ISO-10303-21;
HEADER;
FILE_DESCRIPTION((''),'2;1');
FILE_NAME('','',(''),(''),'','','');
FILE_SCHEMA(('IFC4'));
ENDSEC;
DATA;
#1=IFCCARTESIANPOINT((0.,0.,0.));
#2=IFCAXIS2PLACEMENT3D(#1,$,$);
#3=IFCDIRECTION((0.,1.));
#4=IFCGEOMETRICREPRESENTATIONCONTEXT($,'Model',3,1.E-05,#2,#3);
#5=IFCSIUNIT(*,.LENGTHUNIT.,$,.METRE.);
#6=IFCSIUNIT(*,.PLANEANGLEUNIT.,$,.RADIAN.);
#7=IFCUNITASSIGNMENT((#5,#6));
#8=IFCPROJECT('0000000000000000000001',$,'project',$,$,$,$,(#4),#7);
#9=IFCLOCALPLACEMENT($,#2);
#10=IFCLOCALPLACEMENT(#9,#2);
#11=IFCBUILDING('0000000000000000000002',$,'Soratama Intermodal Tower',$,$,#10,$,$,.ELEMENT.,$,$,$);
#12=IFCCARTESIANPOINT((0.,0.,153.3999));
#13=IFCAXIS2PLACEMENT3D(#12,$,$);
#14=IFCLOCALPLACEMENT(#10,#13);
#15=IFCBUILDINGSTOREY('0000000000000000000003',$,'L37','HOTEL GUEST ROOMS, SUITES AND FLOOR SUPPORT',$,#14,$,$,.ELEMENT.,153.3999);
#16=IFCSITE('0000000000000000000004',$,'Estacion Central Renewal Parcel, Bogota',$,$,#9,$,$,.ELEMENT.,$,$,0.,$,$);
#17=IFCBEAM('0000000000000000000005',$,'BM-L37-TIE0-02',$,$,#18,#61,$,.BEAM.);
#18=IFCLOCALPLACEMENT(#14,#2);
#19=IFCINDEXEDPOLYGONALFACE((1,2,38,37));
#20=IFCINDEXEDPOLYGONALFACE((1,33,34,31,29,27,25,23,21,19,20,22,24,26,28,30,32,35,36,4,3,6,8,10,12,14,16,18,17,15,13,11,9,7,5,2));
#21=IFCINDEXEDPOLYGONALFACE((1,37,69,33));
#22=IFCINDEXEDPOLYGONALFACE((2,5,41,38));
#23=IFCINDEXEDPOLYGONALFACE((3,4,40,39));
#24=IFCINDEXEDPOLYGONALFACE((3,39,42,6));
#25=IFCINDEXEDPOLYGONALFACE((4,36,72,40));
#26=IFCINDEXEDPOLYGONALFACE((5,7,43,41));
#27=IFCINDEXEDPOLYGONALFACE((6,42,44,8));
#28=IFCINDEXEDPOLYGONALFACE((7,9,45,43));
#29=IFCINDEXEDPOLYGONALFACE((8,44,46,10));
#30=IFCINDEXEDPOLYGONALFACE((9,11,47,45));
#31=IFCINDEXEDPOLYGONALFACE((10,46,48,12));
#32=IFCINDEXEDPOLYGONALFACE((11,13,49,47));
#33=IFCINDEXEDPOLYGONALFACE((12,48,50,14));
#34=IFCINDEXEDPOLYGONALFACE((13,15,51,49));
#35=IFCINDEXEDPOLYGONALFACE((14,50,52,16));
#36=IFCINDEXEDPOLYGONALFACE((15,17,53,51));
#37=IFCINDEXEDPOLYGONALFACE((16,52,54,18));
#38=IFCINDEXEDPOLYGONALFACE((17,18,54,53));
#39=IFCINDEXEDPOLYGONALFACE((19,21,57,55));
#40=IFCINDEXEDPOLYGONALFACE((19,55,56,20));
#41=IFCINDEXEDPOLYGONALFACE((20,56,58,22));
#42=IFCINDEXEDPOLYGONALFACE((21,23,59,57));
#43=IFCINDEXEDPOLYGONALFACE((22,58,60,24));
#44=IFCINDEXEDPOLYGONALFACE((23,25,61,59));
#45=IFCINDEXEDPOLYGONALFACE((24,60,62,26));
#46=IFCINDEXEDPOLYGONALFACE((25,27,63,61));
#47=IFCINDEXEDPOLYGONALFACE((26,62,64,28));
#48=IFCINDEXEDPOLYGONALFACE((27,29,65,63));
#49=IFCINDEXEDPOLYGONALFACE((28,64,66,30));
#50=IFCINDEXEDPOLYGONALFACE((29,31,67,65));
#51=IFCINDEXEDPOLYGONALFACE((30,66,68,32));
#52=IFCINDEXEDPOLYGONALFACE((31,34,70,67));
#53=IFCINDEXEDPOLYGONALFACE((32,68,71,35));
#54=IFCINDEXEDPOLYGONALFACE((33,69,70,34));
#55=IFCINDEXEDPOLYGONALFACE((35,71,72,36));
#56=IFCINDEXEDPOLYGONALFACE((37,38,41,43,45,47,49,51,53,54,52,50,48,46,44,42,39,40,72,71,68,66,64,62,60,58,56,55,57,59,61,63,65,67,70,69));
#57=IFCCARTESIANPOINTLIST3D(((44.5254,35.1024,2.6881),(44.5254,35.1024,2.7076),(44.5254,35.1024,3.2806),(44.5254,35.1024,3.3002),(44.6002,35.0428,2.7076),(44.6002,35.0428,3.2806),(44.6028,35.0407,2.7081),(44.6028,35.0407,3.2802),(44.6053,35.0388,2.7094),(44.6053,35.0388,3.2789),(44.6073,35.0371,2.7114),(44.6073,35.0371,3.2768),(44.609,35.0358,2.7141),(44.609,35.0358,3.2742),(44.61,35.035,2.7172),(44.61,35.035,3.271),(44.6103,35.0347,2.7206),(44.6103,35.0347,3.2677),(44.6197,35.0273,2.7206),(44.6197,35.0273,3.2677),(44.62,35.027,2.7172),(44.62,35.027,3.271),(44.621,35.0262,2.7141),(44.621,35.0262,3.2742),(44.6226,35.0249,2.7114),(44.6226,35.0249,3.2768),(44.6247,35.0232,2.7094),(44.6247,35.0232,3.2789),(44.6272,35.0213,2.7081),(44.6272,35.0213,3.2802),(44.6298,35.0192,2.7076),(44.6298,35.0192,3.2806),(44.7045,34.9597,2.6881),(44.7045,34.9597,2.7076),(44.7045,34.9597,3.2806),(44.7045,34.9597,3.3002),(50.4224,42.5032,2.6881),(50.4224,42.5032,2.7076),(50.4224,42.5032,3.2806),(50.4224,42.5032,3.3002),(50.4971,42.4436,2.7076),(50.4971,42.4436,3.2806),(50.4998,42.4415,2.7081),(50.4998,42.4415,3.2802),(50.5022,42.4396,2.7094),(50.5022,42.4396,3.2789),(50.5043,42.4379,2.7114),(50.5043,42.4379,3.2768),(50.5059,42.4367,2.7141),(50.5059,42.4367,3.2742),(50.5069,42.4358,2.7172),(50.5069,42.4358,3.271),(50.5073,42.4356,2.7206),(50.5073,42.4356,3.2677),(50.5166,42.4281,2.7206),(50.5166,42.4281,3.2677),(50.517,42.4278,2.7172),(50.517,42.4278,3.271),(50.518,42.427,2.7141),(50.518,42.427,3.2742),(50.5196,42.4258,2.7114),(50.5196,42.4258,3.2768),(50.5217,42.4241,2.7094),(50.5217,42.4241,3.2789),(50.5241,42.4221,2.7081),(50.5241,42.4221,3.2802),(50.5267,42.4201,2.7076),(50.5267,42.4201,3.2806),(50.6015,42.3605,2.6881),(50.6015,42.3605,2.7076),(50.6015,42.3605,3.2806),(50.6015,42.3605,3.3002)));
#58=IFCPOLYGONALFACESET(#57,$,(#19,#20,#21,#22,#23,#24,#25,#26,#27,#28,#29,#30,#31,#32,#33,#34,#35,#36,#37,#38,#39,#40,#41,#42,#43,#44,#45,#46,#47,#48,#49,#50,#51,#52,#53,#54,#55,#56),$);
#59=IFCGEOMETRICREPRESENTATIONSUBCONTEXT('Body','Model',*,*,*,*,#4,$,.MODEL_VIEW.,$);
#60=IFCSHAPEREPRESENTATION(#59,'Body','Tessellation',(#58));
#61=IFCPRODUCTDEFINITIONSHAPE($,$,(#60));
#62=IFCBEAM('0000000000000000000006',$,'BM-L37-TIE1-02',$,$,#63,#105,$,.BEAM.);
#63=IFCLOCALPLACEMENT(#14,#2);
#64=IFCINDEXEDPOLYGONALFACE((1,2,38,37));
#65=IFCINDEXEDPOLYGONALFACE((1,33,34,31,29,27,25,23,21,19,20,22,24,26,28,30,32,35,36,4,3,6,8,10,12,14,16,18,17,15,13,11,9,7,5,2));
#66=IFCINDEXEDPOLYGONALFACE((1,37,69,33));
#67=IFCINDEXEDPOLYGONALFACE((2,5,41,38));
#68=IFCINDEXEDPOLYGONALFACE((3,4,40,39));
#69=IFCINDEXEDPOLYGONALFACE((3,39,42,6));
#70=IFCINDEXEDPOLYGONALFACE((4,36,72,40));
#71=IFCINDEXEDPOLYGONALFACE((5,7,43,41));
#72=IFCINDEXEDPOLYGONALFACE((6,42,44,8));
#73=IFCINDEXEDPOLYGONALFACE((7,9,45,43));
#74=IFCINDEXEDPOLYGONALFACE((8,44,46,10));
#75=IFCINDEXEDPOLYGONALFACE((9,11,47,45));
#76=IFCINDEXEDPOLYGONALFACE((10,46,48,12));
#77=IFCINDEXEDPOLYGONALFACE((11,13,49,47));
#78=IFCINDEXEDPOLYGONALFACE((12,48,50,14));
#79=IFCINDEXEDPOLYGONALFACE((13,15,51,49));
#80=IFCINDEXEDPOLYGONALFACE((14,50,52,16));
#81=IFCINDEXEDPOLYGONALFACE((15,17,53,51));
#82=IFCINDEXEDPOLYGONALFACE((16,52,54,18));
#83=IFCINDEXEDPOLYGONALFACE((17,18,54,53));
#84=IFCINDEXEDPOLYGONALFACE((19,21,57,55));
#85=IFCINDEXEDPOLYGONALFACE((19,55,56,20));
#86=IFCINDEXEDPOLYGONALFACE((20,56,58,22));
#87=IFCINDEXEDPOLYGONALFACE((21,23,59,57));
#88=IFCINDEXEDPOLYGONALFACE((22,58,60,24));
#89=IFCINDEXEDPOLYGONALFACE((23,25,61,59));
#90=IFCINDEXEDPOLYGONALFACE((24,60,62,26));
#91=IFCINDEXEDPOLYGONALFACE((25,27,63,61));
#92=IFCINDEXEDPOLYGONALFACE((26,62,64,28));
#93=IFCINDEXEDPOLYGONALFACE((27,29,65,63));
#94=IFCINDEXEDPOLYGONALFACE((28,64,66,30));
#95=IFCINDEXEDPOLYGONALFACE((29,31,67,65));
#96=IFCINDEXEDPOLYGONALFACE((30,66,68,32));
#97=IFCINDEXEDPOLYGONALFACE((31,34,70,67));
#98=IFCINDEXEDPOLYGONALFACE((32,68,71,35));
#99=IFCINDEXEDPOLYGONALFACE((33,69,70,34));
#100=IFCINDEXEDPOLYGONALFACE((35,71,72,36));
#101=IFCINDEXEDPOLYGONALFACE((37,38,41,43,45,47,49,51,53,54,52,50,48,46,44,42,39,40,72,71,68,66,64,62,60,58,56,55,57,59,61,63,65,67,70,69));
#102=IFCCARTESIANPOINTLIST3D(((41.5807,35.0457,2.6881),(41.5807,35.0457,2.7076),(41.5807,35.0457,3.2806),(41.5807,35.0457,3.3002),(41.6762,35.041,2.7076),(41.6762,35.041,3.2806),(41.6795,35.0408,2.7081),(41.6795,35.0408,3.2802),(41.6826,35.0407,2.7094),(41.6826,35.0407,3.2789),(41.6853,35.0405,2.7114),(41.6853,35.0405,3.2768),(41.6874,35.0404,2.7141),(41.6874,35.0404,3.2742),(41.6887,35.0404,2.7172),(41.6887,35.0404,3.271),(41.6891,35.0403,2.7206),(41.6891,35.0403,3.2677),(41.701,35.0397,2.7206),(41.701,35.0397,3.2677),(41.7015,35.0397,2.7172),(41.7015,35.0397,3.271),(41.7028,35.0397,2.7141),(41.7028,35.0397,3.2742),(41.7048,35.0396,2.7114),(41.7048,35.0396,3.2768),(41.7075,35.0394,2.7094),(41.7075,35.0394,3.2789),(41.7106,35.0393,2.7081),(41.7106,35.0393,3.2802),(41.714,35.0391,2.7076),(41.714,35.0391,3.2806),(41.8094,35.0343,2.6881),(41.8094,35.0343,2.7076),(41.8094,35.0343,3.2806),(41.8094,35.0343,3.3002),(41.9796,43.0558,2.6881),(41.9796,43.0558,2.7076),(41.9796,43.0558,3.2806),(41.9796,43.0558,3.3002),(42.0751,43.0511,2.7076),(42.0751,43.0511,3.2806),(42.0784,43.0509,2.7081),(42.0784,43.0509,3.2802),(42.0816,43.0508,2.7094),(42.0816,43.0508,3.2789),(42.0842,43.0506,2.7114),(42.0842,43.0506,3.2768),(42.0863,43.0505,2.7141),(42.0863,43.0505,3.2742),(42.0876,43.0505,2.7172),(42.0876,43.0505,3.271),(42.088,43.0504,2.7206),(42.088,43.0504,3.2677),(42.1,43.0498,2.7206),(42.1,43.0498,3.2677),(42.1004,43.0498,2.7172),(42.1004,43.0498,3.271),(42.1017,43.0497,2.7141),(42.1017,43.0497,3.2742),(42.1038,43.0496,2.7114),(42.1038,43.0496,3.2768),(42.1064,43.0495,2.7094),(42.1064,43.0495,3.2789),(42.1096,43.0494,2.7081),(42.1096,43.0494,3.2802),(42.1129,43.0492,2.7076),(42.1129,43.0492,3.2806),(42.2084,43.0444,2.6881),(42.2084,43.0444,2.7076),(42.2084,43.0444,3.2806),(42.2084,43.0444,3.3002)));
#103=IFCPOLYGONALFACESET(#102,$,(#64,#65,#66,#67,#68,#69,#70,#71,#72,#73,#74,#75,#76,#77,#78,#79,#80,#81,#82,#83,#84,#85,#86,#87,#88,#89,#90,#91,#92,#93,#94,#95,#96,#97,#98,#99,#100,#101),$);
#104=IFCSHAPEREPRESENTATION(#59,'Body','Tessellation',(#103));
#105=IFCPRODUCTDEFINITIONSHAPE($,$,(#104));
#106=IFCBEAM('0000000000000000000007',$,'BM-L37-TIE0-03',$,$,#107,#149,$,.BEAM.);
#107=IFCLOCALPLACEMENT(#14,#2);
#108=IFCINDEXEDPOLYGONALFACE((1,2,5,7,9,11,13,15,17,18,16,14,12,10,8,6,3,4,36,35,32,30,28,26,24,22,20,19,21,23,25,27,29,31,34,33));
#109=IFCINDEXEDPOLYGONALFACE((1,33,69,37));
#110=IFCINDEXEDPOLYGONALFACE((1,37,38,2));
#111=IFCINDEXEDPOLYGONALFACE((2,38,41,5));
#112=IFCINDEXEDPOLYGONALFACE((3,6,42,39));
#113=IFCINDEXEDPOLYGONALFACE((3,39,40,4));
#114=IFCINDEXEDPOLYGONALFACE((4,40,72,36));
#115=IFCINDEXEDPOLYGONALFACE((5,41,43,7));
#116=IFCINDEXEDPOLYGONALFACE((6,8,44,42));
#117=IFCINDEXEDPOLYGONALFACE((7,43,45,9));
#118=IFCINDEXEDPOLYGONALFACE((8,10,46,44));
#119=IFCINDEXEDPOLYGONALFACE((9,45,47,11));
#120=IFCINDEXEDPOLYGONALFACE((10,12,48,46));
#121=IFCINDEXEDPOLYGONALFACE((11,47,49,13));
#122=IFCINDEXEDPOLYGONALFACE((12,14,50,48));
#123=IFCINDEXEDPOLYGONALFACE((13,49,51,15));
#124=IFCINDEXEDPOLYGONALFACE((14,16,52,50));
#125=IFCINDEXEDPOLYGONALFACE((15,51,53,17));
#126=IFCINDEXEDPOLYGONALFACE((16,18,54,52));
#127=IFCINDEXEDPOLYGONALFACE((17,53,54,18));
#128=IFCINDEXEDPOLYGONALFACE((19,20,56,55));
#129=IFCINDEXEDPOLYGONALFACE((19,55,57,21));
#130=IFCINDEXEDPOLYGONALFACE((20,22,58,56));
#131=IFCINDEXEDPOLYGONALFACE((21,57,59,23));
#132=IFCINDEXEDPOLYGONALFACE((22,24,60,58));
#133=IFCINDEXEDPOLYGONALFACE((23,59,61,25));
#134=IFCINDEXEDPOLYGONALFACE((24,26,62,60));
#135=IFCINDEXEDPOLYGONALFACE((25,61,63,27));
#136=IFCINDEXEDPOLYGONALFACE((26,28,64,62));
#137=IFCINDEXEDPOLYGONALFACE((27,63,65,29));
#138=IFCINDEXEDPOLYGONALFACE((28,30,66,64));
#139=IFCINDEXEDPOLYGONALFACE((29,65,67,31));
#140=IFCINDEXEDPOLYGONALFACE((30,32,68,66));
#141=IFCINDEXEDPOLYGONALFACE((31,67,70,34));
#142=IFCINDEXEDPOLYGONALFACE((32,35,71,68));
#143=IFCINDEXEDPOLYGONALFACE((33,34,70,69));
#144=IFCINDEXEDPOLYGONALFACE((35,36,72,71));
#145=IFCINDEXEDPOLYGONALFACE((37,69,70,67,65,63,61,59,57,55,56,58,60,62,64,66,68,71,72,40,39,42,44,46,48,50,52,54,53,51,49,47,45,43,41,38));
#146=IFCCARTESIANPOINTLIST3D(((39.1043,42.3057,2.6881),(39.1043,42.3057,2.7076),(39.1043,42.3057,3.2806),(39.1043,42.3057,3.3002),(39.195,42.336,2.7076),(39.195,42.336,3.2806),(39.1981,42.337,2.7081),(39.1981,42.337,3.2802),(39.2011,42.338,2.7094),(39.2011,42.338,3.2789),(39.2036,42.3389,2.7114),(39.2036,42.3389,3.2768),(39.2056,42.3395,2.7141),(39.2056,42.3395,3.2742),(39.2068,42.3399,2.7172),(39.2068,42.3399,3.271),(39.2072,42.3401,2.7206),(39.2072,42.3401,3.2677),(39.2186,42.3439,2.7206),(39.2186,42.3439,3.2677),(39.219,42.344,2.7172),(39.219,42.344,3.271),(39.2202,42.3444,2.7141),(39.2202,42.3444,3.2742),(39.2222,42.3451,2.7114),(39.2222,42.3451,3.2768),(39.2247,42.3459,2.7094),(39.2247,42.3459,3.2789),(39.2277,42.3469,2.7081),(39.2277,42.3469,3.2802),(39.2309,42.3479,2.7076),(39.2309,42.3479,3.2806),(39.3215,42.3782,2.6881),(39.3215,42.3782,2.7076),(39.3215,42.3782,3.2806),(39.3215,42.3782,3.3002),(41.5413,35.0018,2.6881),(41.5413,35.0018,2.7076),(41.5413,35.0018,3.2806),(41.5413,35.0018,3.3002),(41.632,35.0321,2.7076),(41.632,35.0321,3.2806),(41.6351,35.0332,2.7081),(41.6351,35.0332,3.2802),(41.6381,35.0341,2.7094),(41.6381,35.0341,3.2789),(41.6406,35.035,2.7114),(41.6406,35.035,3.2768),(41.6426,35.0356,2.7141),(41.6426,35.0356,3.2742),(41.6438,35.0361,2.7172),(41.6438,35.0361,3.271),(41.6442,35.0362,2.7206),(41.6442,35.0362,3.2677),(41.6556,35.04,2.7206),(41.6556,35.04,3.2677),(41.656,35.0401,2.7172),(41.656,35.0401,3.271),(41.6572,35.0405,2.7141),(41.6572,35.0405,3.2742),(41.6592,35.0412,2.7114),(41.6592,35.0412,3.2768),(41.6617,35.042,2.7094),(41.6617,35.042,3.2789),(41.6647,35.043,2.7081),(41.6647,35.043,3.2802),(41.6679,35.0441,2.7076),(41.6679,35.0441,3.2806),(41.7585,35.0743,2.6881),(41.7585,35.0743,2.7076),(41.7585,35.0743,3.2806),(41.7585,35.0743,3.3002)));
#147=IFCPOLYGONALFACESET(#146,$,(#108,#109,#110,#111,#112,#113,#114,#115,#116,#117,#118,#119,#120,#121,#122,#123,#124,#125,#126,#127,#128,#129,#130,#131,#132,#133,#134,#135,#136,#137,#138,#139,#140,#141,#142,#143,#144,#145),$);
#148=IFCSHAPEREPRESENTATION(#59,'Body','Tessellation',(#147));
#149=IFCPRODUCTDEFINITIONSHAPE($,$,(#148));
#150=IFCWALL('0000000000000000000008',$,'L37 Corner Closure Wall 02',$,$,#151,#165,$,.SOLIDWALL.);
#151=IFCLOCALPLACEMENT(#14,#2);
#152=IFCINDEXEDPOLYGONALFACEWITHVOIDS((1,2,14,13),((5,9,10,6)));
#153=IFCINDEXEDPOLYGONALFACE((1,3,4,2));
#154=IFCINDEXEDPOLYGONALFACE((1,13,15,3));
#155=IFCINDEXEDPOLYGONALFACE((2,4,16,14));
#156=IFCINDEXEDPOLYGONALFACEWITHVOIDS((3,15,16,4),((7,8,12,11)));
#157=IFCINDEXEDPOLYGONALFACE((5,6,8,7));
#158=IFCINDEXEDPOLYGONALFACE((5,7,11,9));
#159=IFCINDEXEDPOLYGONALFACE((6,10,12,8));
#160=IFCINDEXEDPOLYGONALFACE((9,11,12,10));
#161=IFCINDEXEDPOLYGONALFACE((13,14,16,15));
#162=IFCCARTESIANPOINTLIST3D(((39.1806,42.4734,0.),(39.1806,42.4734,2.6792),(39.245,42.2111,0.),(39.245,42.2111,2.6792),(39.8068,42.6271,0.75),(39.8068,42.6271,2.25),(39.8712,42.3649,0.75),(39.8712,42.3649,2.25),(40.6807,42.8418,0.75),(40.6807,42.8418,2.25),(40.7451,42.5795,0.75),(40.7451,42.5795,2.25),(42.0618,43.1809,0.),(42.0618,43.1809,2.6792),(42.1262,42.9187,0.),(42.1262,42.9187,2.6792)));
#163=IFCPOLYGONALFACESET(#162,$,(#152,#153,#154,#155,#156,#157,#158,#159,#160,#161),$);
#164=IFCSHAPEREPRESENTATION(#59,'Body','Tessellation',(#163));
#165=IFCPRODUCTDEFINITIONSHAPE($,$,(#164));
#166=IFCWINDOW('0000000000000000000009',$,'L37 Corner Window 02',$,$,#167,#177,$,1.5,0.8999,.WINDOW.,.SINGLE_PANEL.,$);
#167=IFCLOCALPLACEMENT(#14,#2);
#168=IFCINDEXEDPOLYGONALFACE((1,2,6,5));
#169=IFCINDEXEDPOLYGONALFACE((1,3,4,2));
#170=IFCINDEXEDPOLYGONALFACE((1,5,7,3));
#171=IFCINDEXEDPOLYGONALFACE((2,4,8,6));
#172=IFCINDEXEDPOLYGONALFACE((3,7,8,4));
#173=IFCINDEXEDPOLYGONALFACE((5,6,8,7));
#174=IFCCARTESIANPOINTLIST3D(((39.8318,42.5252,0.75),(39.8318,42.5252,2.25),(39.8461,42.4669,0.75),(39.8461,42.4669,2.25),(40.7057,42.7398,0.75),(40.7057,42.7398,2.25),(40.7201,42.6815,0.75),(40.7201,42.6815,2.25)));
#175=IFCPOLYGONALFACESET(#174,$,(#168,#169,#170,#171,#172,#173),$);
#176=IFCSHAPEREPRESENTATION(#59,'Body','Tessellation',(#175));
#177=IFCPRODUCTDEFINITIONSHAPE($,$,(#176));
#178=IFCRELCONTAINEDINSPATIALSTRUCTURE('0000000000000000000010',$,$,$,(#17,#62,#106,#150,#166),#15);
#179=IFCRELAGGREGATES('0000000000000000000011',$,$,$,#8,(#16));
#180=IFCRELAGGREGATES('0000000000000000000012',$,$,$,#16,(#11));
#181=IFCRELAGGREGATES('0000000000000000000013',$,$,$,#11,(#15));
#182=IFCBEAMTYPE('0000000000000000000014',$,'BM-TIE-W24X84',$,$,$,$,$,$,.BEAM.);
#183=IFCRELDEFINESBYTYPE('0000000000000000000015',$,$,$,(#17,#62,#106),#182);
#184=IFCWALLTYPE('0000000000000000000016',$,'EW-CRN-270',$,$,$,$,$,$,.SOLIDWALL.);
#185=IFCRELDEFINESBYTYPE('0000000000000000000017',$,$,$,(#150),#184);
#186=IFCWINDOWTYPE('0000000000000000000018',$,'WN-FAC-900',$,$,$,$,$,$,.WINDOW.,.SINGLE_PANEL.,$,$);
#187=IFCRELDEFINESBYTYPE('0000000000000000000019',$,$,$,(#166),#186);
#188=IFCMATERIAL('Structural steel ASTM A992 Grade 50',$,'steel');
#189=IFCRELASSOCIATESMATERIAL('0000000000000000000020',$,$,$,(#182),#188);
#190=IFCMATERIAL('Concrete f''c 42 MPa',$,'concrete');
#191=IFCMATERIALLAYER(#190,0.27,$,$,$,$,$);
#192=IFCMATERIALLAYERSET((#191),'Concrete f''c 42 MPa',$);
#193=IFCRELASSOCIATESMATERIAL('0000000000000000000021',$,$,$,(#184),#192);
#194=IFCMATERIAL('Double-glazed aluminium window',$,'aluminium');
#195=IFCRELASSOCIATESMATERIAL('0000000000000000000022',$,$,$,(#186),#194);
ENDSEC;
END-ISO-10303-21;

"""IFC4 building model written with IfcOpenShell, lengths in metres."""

from ifc_helpers import new_model, si_unit, direction, frame, frame_2d, origin, origin_2d, place, context, subcontext, project, spatial, rectangle, i_section, extrude, material, layer, layer_set, material_profile, profile_set, type_object, element, fill, save


model = new_model("IFC4")

# Units and contexts
model_context = context("Model", 3, precision=1e-05, world=origin(), true_north=direction((0.0, 1.0)))
body_context = subcontext(model_context, "Body", "Model", "MODEL_VIEW")
ifc_project = project(units=[si_unit("LENGTHUNIT", "METRE"), si_unit("PLANEANGLEUNIT", "RADIAN")], contexts=[model_context])

# Site, building, storey
site_placement = place(None, origin())
site = spatial("IfcSite", under=ifc_project, at=site_placement, Name="Estacion Central Renewal Parcel, Bogota", CompositionType="ELEMENT", RefElevation=0.0)
building_placement = place(site_placement, origin())
building = spatial("IfcBuilding", under=site, at=building_placement, Name="Soratama Intermodal Tower", CompositionType="ELEMENT")
storey_placement = place(building_placement, frame((0.0, 0.0, 153.3999)))
storey = spatial("IfcBuildingStorey", under=building, at=storey_placement, Name="L37", Description="HOTEL GUEST ROOMS, SUITES AND FLOOR SUPPORT", CompositionType="ELEMENT", Elevation=153.3999)

# Beams
ifc_material_1 = material(Name="Structural steel ASTM A992 Grade 50", Category="steel")
ifc_material_profile_1 = material_profile(ifc_material_1, i_section(OverallWidth=0.229, OverallDepth=0.6121, WebThickness=0.012, FlangeThickness=0.0195, FilletRadius=0.0129, at=origin_2d()), Name="W24X84")
ifc_profile_set_1 = profile_set([ifc_material_profile_1], Name="Structural steel ASTM A992 Grade 50")
beam_type_1 = type_object("IfcBeamType", Name="BM-TIE-W24X84", PredefinedType="BEAM", material=ifc_profile_set_1)
beam_1_placement = place(storey_placement, frame((44.615, 35.031, 2.9941), z_axis=(0.623165, 0.782091, 0.0), x_axis=(-0.782091, 0.623165, 0.0)))
element("IfcBeam", 1, at=beam_1_placement, inside=storey, type_object=beam_type_1, Name="BM-L37-TIE0-02", PredefinedType="BEAM", context=body_context, shape_type="SweptSolid", body=[
    extrude(i_section(OverallWidth=0.229, OverallDepth=0.6121, WebThickness=0.012, FlangeThickness=0.0195, FilletRadius=0.0129, at=origin_2d()), origin(), (0.0, 0.0, 1.0), 9.4629),
])
beam_2_placement = place(storey_placement, frame((41.6951, 35.04, 2.9941), z_axis=(0.049742, 0.998762, 0.0), x_axis=(-0.998762, 0.049742, 0.0)))
element("IfcBeam", 2, at=beam_2_placement, inside=storey, type_object=beam_type_1, Name="BM-L37-TIE1-02", PredefinedType="BEAM", context=body_context, shape_type="SweptSolid", body=[
    extrude(i_section(OverallWidth=0.229, OverallDepth=0.6121, WebThickness=0.012, FlangeThickness=0.0195, FilletRadius=0.0129, at=origin_2d()), origin(), (0.0, 0.0, 1.0), 8.02),
])
beam_3_placement = place(storey_placement, frame((41.6499, 35.0381, 2.9941), z_axis=(-0.316504, 0.948591, 0.0), x_axis=(-0.948591, -0.316504, 0.0)))
element("IfcBeam", 3, at=beam_3_placement, inside=storey, type_object=beam_type_1, Name="BM-L37-TIE0-03", PredefinedType="BEAM", context=body_context, shape_type="SweptSolid", body=[
    extrude(i_section(OverallWidth=0.229, OverallDepth=0.6121, WebThickness=0.012, FlangeThickness=0.0195, FilletRadius=0.0129, at=origin_2d()), origin(), (0.0, 0.0, 1.0), 7.6997),
])

# Wall, opening, window
ifc_material_2 = material(Name="Concrete f'c 42 MPa", Category="concrete")
ifc_layer_1 = layer(ifc_material_2, 0.27)
ifc_layer_set_1 = layer_set([ifc_layer_1], Name="Concrete f'c 42 MPa")
wall_type_1 = type_object("IfcWallType", Name="EW-CRN-270", PredefinedType="SOLIDWALL", material=ifc_layer_set_1)
wall_1_placement = place(storey_placement, frame((42.094, 43.0498, 0.0), z_axis=(0.0, 0.0, 1.0), x_axis=(-0.971146, -0.238487, 0.0)))
wall_1 = element("IfcWall", 4, at=wall_1_placement, inside=storey, type_object=wall_type_1, Name="L37 Corner Closure Wall 02", PredefinedType="SOLIDWALL", context=body_context, shape_type="SweptSolid", body=[
    extrude(rectangle(XDim=2.9668, YDim=0.27, at=frame_2d((1.4834, 0.0))), origin(), (0.0, 0.0, 1.0), 2.6792),
])
opening_1_placement = place(wall_1_placement, frame((1.4221, 0.0, 0.75)))
opening_1 = element("IfcOpeningElement", 5, at=opening_1_placement, cuts=wall_1, PredefinedType="OPENING", context=body_context, shape_type="SweptSolid", body=[
    extrude(rectangle(XDim=0.8999, YDim=1.5, at=frame_2d((0.45, 0.75))), frame((0.0, 0.145, 0.0), z_axis=(0.0, -1.0, 0.0), x_axis=(1.0, 0.0, 0.0)), (0.0, 0.0, 1.0), 0.29),
])
ifc_material_3 = material(Name="Double-glazed aluminium window", Category="aluminium")
window_type_1 = type_object("IfcWindowType", Name="WN-FAC-900", PartitioningType="SINGLE_PANEL", PredefinedType="WINDOW", material=ifc_material_3)
window_1_placement = place(opening_1_placement, origin())
window_1 = element("IfcWindow", 6, at=window_1_placement, inside=storey, type_object=window_type_1, Name="L37 Corner Window 02", OverallHeight=1.5, OverallWidth=0.8999, PartitioningType="SINGLE_PANEL", PredefinedType="WINDOW", context=body_context, shape_type="SweptSolid", body=[
    extrude(rectangle(XDim=0.8999, YDim=1.5, at=frame_2d((0.45, 0.75))), frame((0.0, 0.03, 0.0), z_axis=(0.0, -1.0, 0.0), x_axis=(1.0, 0.0, 0.0)), (0.0, 0.0, 1.0), 0.0601),
])
fill(opening_1, window_1)

save(model, "model.ifc")
